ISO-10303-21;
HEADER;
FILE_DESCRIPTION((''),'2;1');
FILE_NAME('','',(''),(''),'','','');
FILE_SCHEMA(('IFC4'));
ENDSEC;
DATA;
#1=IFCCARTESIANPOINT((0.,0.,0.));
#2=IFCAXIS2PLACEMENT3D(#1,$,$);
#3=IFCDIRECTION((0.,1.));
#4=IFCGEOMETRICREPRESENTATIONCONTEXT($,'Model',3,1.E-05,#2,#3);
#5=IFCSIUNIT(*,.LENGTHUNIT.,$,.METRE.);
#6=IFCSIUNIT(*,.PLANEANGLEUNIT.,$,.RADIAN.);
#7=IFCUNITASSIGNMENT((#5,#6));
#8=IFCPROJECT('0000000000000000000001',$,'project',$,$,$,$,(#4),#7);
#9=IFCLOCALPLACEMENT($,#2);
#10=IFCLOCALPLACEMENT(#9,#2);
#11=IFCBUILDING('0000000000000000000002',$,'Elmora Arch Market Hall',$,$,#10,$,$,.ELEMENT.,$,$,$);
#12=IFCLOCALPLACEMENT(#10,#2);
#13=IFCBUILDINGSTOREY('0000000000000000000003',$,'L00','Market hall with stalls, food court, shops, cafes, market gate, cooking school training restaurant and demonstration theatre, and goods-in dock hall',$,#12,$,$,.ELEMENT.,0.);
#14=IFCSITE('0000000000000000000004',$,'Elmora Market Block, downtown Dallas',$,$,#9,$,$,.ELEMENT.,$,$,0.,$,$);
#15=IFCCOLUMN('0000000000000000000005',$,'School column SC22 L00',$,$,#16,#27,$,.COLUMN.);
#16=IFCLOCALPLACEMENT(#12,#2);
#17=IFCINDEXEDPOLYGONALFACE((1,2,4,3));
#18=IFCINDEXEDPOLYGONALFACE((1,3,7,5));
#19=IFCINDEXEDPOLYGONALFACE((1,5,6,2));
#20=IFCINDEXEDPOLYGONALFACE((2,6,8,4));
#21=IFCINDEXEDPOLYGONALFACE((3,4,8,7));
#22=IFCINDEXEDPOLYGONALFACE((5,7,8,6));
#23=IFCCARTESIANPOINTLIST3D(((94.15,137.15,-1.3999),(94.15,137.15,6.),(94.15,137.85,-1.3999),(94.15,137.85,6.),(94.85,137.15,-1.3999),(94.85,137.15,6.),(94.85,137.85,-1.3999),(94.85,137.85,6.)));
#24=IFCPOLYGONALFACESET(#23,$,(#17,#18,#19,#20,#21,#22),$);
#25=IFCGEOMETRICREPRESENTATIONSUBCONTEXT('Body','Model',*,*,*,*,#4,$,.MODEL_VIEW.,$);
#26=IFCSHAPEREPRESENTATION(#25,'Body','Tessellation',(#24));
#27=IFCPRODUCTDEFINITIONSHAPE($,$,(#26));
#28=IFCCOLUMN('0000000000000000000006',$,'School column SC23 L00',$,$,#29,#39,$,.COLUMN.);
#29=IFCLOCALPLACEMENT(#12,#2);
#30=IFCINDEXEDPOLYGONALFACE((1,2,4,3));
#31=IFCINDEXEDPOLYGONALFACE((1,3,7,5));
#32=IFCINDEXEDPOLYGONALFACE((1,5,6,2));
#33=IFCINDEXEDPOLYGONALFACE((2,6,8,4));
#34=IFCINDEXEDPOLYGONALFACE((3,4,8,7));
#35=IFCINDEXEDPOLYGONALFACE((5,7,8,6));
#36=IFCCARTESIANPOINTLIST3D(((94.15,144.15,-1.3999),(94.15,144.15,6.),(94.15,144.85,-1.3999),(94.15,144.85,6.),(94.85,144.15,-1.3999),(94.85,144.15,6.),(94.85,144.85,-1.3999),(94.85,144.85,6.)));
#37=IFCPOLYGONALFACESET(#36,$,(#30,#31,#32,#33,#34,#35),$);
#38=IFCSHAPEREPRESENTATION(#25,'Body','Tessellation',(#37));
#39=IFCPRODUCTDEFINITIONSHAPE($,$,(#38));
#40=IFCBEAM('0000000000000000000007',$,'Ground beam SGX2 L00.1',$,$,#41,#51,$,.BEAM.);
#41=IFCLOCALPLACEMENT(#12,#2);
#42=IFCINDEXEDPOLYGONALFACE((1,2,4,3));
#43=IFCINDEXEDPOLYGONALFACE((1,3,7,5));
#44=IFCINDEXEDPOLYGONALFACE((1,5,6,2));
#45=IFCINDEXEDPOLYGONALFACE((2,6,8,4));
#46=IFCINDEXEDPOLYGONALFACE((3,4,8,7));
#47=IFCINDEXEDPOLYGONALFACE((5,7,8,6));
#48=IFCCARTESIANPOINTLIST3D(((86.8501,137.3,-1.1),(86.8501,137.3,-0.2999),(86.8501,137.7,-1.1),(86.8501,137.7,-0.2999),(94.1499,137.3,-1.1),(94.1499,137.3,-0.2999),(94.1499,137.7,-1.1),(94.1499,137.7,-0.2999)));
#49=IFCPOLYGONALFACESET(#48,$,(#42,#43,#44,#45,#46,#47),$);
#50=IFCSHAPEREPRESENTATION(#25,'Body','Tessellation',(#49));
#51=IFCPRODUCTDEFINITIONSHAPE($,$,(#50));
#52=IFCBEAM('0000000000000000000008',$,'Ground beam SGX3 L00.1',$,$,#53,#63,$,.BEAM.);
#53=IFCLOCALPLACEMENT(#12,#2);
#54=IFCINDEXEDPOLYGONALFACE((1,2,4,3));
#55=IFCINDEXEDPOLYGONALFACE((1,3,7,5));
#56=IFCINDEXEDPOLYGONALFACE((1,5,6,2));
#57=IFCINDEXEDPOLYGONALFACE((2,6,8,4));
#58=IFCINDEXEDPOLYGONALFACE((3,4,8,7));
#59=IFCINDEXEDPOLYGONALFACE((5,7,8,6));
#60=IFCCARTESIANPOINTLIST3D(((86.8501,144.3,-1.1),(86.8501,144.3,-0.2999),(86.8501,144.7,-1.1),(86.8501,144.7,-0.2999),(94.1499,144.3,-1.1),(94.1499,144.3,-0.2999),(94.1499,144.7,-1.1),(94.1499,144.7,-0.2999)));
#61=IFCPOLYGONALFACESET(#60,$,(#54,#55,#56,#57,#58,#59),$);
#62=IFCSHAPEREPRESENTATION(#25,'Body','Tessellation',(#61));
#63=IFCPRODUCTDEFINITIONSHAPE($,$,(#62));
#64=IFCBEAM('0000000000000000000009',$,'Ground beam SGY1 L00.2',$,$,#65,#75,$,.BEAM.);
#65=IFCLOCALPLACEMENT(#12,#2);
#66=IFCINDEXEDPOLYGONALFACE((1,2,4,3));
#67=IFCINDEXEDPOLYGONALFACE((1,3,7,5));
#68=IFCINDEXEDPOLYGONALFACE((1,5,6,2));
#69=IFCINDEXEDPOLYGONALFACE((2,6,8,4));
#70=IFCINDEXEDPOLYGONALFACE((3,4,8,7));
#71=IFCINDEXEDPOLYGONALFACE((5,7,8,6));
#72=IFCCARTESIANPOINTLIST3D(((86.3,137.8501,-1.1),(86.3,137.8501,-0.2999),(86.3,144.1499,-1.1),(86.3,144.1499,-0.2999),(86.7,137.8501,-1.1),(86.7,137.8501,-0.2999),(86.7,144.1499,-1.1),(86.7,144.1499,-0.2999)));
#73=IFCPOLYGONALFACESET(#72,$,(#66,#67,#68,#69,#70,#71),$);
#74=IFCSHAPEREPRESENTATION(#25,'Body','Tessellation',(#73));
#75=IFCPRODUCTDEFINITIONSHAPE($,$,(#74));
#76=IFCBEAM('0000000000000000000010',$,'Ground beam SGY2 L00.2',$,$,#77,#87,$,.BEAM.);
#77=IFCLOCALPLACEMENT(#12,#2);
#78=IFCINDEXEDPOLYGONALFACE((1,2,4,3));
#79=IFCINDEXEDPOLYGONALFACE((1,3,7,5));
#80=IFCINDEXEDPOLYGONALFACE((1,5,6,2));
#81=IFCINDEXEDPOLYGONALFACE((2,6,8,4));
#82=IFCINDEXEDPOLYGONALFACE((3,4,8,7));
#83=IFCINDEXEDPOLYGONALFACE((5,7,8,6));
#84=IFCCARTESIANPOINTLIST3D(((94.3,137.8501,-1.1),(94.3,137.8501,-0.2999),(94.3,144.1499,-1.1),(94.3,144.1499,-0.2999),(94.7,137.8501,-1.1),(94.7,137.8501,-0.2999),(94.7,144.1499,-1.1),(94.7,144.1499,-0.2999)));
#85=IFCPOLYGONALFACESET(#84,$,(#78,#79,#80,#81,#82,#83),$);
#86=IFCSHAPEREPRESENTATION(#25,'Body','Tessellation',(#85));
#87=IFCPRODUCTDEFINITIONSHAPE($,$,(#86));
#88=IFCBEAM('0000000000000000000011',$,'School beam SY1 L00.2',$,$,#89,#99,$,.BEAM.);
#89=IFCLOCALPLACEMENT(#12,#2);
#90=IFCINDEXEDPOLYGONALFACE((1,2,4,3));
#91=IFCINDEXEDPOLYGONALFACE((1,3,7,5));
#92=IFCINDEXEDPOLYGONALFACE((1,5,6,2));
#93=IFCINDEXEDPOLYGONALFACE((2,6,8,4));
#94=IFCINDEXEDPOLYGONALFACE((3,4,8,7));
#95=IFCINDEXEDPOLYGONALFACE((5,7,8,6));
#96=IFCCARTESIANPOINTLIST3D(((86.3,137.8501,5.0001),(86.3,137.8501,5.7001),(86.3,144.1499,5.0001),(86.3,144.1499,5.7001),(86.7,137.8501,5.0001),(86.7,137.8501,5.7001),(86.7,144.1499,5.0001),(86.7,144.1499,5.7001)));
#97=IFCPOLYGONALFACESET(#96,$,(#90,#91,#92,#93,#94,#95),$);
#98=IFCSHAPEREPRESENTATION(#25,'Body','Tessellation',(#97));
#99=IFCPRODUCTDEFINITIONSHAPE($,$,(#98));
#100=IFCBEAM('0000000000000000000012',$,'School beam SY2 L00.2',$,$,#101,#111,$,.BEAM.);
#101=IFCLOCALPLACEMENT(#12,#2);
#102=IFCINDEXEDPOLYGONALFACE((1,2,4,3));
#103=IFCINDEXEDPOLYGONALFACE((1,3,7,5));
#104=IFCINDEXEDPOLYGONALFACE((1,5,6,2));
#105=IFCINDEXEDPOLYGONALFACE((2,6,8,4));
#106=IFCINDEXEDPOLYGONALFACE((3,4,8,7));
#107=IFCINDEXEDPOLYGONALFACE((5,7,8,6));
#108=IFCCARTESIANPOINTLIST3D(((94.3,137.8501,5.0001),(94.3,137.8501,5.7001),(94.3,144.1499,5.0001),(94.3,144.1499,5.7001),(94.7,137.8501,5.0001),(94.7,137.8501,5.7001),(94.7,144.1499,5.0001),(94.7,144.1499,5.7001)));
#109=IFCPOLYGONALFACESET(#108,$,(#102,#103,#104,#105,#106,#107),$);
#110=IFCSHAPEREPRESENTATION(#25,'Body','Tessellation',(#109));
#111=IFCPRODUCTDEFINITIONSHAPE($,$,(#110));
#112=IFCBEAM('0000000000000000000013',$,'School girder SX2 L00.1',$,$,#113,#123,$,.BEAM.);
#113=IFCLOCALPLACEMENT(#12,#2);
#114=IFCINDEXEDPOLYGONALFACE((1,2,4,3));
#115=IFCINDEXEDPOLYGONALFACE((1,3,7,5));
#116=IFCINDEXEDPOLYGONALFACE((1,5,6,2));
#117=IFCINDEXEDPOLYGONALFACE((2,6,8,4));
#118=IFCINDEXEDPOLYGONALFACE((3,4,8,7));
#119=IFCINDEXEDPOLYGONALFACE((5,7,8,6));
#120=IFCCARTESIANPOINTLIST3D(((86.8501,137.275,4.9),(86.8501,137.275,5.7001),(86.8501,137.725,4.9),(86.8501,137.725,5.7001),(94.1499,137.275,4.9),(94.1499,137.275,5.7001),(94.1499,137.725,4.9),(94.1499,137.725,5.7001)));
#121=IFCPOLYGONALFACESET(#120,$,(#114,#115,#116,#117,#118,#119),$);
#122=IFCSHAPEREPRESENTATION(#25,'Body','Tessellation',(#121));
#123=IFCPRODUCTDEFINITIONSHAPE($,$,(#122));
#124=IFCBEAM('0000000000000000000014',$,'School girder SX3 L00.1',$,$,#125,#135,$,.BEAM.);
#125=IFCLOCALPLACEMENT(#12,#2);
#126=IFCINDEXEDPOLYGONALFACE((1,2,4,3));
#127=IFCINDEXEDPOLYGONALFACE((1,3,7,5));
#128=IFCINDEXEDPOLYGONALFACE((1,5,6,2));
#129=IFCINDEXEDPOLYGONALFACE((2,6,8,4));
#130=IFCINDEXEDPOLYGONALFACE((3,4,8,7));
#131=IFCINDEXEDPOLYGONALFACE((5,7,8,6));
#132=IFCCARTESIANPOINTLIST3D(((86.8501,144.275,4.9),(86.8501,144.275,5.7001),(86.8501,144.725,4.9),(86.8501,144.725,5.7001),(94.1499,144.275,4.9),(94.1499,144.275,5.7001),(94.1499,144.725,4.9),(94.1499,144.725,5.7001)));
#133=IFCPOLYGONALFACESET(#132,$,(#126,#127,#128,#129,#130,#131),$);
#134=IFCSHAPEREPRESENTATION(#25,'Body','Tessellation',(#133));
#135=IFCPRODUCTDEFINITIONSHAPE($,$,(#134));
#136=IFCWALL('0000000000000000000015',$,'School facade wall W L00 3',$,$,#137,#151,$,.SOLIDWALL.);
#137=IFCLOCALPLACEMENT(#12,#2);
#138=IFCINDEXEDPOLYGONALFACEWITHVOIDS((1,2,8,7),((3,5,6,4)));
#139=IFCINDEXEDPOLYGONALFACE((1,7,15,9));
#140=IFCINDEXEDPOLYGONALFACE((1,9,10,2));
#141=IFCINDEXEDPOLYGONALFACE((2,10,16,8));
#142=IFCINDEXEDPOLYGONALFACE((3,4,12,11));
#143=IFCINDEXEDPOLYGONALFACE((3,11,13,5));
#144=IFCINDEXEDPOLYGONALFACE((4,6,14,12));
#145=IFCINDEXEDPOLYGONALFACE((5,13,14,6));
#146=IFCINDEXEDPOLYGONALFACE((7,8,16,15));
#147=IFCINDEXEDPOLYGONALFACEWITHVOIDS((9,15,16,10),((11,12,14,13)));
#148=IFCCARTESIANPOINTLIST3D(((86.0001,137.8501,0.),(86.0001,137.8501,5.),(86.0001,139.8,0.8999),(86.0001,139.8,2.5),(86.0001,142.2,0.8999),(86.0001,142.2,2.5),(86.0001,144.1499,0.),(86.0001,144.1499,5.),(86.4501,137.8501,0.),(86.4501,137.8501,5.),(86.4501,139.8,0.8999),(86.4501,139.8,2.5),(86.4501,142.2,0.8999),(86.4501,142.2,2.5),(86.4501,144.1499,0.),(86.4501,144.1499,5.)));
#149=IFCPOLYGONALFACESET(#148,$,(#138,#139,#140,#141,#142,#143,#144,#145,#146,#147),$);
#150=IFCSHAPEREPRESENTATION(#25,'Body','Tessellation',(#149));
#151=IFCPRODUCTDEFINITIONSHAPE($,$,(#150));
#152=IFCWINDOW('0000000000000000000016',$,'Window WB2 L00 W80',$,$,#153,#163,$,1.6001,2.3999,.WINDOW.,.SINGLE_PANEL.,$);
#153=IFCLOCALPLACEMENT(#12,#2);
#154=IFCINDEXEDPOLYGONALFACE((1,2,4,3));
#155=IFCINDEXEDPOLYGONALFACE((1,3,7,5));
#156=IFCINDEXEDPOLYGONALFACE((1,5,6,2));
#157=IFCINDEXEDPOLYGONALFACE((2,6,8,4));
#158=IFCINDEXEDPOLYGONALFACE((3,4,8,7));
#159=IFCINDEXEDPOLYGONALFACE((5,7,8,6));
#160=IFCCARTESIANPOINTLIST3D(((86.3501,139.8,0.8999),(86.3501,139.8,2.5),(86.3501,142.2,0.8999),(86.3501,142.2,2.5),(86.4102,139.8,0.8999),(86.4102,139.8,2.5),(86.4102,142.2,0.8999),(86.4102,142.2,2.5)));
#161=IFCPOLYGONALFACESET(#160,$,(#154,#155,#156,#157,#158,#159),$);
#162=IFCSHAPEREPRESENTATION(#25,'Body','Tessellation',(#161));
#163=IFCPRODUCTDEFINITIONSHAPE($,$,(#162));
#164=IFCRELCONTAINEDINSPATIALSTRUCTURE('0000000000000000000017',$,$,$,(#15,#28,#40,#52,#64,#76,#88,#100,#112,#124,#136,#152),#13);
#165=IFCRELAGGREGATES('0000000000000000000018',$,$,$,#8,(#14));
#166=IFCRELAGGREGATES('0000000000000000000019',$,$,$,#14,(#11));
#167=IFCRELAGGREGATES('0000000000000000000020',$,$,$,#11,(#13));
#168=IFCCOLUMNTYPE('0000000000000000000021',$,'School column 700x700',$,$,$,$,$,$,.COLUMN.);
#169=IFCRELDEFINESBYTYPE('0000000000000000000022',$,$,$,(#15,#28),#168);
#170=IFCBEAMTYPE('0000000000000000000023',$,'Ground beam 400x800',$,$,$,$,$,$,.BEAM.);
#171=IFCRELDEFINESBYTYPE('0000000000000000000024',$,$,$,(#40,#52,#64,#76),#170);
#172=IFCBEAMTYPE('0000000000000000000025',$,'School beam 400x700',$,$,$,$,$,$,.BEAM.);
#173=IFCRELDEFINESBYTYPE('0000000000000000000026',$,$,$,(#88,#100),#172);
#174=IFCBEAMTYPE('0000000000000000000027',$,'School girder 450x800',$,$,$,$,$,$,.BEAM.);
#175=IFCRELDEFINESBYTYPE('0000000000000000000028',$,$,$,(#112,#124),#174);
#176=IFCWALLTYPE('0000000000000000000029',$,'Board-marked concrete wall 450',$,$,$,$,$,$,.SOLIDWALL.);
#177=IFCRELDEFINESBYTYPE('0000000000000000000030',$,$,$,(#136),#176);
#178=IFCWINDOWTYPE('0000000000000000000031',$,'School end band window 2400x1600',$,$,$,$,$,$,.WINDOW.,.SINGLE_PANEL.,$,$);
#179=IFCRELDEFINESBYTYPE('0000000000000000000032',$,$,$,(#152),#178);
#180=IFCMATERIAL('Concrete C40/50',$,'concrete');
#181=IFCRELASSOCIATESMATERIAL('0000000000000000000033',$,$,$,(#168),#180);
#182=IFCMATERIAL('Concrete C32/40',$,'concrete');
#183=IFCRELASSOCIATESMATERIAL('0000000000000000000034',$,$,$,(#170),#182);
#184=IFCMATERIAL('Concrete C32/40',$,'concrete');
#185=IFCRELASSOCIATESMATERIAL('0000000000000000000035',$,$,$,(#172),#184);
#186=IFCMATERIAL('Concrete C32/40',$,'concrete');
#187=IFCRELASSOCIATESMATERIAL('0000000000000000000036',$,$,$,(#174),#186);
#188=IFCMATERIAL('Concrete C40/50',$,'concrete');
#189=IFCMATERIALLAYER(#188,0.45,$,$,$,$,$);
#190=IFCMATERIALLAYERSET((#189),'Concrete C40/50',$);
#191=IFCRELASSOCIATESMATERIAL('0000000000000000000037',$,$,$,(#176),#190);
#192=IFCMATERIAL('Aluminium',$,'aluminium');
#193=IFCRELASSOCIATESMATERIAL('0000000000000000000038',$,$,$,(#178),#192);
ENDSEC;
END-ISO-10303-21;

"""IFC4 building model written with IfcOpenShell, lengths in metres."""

from ifc_helpers import new_model, si_unit, direction, frame, frame_2d, origin, origin_2d, place, context, subcontext, project, spatial, rectangle, extrude, material, layer, layer_set, material_profile, profile_set, type_object, element, fill, save


model = new_model("IFC4")

# Units and contexts
model_context = context("Model", 3, precision=1e-05, world=origin(), true_north=direction((0.0, 1.0)))
body_context = subcontext(model_context, "Body", "Model", "MODEL_VIEW")
ifc_project = project(units=[si_unit("LENGTHUNIT", "METRE"), si_unit("PLANEANGLEUNIT", "RADIAN")], contexts=[model_context])

# Site, building, storey
site_placement = place(None, origin())
site = spatial("IfcSite", under=ifc_project, at=site_placement, Name="Elmora Market Block, downtown Dallas", CompositionType="ELEMENT", RefElevation=0.0)
building_placement = place(site_placement, origin())
building = spatial("IfcBuilding", under=site, at=building_placement, Name="Elmora Arch Market Hall", CompositionType="ELEMENT")
storey_placement = place(building_placement, origin())
storey = spatial("IfcBuildingStorey", under=building, at=storey_placement, Name="L00", Description="Market hall with stalls, food court, shops, cafes, market gate, cooking school training restaurant and demonstration theatre, and goods-in dock hall", CompositionType="ELEMENT", Elevation=0.0)

# Columns
ifc_material_1 = material(Name="Concrete C40/50", Category="concrete")
ifc_material_profile_1 = material_profile(ifc_material_1, rectangle(XDim=0.7, YDim=0.7, at=origin_2d()), Name="School column 700x700")
ifc_profile_set_1 = profile_set([ifc_material_profile_1], Name="Concrete C40/50")
column_type = type_object("IfcColumnType", Name="School column 700x700", PredefinedType="COLUMN", material=ifc_profile_set_1)
for number, where, z_axis, x_axis, name in (
    (1, (94.5, 137.5, -1.3999), (0.0, 0.0, 1.0), (1.0, 0.0, 0.0), "School column SC22 L00"),
    (2, (94.5, 144.5, -1.3999), (0.0, 0.0, 1.0), (1.0, 0.0, 0.0), "School column SC23 L00"),
):
    element("IfcColumn", number, at=place(storey_placement, frame(where, z_axis=z_axis, x_axis=x_axis)), inside=storey, type_object=column_type, Name=name, PredefinedType="COLUMN", context=body_context, shape_type="SweptSolid", body=[
        extrude(rectangle(XDim=0.7, YDim=0.7, at=origin_2d()), origin(), (0.0, 0.0, 1.0), 7.3999),
    ])

# Beams
ifc_material_2 = material(Name="Concrete C32/40", Category="concrete")
ifc_material_profile_2 = material_profile(ifc_material_2, rectangle(XDim=0.3999, YDim=0.8, at=origin_2d()), Name="Ground beam 400x800")
ifc_profile_set_2 = profile_set([ifc_material_profile_2], Name="Concrete C32/40")
beam_type_1 = type_object("IfcBeamType", Name="Ground beam 400x800", PredefinedType="BEAM", material=ifc_profile_set_2)
for number, where, z_axis, x_axis, name in (
    (3, (86.8501, 137.5, -0.7), (1.0, 0.0, 0.0), (0.0, 1.0, 0.0), "Ground beam SGX2 L00.1"),
    (4, (86.8501, 144.5, -0.7), (1.0, 0.0, 0.0), (0.0, 1.0, 0.0), "Ground beam SGX3 L00.1"),
):
    element("IfcBeam", number, at=place(storey_placement, frame(where, z_axis=z_axis, x_axis=x_axis)), inside=storey, type_object=beam_type_1, Name=name, PredefinedType="BEAM", context=body_context, shape_type="SweptSolid", body=[
        extrude(rectangle(XDim=0.3999, YDim=0.8, at=origin_2d()), origin(), (0.0, 0.0, 1.0), 7.2998),
    ])
for number, where, z_axis, x_axis, name in (
    (5, (86.5, 137.8501, -0.7), (0.0, 1.0, 0.0), (-1.0, 0.0, 0.0), "Ground beam SGY1 L00.2"),
    (6, (94.5, 137.8501, -0.7), (0.0, 1.0, 0.0), (-1.0, 0.0, 0.0), "Ground beam SGY2 L00.2"),
):
    element("IfcBeam", number, at=place(storey_placement, frame(where, z_axis=z_axis, x_axis=x_axis)), inside=storey, type_object=beam_type_1, Name=name, PredefinedType="BEAM", context=body_context, shape_type="SweptSolid", body=[
        extrude(rectangle(XDim=0.3999, YDim=0.8, at=origin_2d()), origin(), (0.0, 0.0, 1.0), 6.2998),
    ])
ifc_material_3 = material(Name="Concrete C32/40", Category="concrete")
ifc_material_profile_3 = material_profile(ifc_material_3, rectangle(XDim=0.3999, YDim=0.7, at=origin_2d()), Name="School beam 400x700")
ifc_profile_set_3 = profile_set([ifc_material_profile_3], Name="Concrete C32/40")
beam_type_2 = type_object("IfcBeamType", Name="School beam 400x700", PredefinedType="BEAM", material=ifc_profile_set_3)
for number, where, z_axis, x_axis, name in (
    (7, (86.5, 137.8501, 5.3501), (0.0, 1.0, 0.0), (-1.0, 0.0, 0.0), "School beam SY1 L00.2"),
    (8, (94.5, 137.8501, 5.3501), (0.0, 1.0, 0.0), (-1.0, 0.0, 0.0), "School beam SY2 L00.2"),
):
    element("IfcBeam", number, at=place(storey_placement, frame(where, z_axis=z_axis, x_axis=x_axis)), inside=storey, type_object=beam_type_2, Name=name, PredefinedType="BEAM", context=body_context, shape_type="SweptSolid", body=[
        extrude(rectangle(XDim=0.3999, YDim=0.7, at=origin_2d()), origin(), (0.0, 0.0, 1.0), 6.2998),
    ])
ifc_material_4 = material(Name="Concrete C32/40", Category="concrete")
ifc_material_profile_4 = material_profile(ifc_material_4, rectangle(XDim=0.45, YDim=0.8, at=origin_2d()), Name="School girder 450x800")
ifc_profile_set_4 = profile_set([ifc_material_profile_4], Name="Concrete C32/40")
beam_type_3 = type_object("IfcBeamType", Name="School girder 450x800", PredefinedType="BEAM", material=ifc_profile_set_4)
for number, where, z_axis, x_axis, name in (
    (9, (86.8501, 137.5, 5.3), (1.0, 0.0, 0.0), (0.0, 1.0, 0.0), "School girder SX2 L00.1"),
    (10, (86.8501, 144.5, 5.3), (1.0, 0.0, 0.0), (0.0, 1.0, 0.0), "School girder SX3 L00.1"),
):
    element("IfcBeam", number, at=place(storey_placement, frame(where, z_axis=z_axis, x_axis=x_axis)), inside=storey, type_object=beam_type_3, Name=name, PredefinedType="BEAM", context=body_context, shape_type="SweptSolid", body=[
        extrude(rectangle(XDim=0.45, YDim=0.8, at=origin_2d()), origin(), (0.0, 0.0, 1.0), 7.2998),
    ])

# Wall, opening, window
ifc_material_5 = material(Name="Concrete C40/50", Category="concrete")
ifc_layer_1 = layer(ifc_material_5, 0.45)
ifc_layer_set_1 = layer_set([ifc_layer_1], Name="Concrete C40/50")
wall_type_1 = type_object("IfcWallType", Name="Board-marked concrete wall 450", PredefinedType="SOLIDWALL", material=ifc_layer_set_1)
wall_1_placement = place(storey_placement, frame((86.2251, 137.8501, 0.0), z_axis=(0.0, 0.0, 1.0), x_axis=(0.0, 1.0, 0.0)))
wall_1 = element("IfcWall", 11, at=wall_1_placement, inside=storey, type_object=wall_type_1, Name="School facade wall W L00 3", PredefinedType="SOLIDWALL", context=body_context, shape_type="SweptSolid", body=[
    extrude(rectangle(XDim=6.2998, YDim=0.45, at=frame_2d((3.1499, 0.0))), origin(), (0.0, 0.0, 1.0), 5.0),
])
opening_1_placement = place(wall_1_placement, frame((1.95, 0.0, 0.8999)))
opening_1 = element("IfcOpeningElement", 12, at=opening_1_placement, cuts=wall_1, PredefinedType="OPENING", context=body_context, shape_type="SweptSolid", body=[
    extrude(rectangle(XDim=2.3999, YDim=1.6001, at=frame_2d((1.2, 0.8))), frame((0.0, 0.2349, 0.0), z_axis=(0.0, -1.0, 0.0), x_axis=(1.0, 0.0, 0.0)), (0.0, 0.0, 1.0), 0.47),
])
ifc_material_6 = material(Name="Aluminium", Category="aluminium")
window_type = type_object("IfcWindowType", Name="School end band window 2400x1600", PartitioningType="SINGLE_PANEL", PredefinedType="WINDOW", material=ifc_material_6)
window_placement = place(opening_1_placement, origin())
window = element("IfcWindow", 13, at=window_placement, inside=storey, type_object=window_type, Name="Window WB2 L00 W80", OverallHeight=1.6001, OverallWidth=2.3999, PartitioningType="SINGLE_PANEL", PredefinedType="WINDOW", context=body_context, shape_type="SweptSolid", body=[
    extrude(rectangle(XDim=2.3999, YDim=1.6001, at=frame_2d((1.2, 0.8))), frame((0.0, -0.125, 0.0), z_axis=(0.0, -1.0, 0.0), x_axis=(1.0, 0.0, 0.0)), (0.0, 0.0, 1.0), 0.0601),
])
fill(opening_1, window)

save(model, "model.ifc")
